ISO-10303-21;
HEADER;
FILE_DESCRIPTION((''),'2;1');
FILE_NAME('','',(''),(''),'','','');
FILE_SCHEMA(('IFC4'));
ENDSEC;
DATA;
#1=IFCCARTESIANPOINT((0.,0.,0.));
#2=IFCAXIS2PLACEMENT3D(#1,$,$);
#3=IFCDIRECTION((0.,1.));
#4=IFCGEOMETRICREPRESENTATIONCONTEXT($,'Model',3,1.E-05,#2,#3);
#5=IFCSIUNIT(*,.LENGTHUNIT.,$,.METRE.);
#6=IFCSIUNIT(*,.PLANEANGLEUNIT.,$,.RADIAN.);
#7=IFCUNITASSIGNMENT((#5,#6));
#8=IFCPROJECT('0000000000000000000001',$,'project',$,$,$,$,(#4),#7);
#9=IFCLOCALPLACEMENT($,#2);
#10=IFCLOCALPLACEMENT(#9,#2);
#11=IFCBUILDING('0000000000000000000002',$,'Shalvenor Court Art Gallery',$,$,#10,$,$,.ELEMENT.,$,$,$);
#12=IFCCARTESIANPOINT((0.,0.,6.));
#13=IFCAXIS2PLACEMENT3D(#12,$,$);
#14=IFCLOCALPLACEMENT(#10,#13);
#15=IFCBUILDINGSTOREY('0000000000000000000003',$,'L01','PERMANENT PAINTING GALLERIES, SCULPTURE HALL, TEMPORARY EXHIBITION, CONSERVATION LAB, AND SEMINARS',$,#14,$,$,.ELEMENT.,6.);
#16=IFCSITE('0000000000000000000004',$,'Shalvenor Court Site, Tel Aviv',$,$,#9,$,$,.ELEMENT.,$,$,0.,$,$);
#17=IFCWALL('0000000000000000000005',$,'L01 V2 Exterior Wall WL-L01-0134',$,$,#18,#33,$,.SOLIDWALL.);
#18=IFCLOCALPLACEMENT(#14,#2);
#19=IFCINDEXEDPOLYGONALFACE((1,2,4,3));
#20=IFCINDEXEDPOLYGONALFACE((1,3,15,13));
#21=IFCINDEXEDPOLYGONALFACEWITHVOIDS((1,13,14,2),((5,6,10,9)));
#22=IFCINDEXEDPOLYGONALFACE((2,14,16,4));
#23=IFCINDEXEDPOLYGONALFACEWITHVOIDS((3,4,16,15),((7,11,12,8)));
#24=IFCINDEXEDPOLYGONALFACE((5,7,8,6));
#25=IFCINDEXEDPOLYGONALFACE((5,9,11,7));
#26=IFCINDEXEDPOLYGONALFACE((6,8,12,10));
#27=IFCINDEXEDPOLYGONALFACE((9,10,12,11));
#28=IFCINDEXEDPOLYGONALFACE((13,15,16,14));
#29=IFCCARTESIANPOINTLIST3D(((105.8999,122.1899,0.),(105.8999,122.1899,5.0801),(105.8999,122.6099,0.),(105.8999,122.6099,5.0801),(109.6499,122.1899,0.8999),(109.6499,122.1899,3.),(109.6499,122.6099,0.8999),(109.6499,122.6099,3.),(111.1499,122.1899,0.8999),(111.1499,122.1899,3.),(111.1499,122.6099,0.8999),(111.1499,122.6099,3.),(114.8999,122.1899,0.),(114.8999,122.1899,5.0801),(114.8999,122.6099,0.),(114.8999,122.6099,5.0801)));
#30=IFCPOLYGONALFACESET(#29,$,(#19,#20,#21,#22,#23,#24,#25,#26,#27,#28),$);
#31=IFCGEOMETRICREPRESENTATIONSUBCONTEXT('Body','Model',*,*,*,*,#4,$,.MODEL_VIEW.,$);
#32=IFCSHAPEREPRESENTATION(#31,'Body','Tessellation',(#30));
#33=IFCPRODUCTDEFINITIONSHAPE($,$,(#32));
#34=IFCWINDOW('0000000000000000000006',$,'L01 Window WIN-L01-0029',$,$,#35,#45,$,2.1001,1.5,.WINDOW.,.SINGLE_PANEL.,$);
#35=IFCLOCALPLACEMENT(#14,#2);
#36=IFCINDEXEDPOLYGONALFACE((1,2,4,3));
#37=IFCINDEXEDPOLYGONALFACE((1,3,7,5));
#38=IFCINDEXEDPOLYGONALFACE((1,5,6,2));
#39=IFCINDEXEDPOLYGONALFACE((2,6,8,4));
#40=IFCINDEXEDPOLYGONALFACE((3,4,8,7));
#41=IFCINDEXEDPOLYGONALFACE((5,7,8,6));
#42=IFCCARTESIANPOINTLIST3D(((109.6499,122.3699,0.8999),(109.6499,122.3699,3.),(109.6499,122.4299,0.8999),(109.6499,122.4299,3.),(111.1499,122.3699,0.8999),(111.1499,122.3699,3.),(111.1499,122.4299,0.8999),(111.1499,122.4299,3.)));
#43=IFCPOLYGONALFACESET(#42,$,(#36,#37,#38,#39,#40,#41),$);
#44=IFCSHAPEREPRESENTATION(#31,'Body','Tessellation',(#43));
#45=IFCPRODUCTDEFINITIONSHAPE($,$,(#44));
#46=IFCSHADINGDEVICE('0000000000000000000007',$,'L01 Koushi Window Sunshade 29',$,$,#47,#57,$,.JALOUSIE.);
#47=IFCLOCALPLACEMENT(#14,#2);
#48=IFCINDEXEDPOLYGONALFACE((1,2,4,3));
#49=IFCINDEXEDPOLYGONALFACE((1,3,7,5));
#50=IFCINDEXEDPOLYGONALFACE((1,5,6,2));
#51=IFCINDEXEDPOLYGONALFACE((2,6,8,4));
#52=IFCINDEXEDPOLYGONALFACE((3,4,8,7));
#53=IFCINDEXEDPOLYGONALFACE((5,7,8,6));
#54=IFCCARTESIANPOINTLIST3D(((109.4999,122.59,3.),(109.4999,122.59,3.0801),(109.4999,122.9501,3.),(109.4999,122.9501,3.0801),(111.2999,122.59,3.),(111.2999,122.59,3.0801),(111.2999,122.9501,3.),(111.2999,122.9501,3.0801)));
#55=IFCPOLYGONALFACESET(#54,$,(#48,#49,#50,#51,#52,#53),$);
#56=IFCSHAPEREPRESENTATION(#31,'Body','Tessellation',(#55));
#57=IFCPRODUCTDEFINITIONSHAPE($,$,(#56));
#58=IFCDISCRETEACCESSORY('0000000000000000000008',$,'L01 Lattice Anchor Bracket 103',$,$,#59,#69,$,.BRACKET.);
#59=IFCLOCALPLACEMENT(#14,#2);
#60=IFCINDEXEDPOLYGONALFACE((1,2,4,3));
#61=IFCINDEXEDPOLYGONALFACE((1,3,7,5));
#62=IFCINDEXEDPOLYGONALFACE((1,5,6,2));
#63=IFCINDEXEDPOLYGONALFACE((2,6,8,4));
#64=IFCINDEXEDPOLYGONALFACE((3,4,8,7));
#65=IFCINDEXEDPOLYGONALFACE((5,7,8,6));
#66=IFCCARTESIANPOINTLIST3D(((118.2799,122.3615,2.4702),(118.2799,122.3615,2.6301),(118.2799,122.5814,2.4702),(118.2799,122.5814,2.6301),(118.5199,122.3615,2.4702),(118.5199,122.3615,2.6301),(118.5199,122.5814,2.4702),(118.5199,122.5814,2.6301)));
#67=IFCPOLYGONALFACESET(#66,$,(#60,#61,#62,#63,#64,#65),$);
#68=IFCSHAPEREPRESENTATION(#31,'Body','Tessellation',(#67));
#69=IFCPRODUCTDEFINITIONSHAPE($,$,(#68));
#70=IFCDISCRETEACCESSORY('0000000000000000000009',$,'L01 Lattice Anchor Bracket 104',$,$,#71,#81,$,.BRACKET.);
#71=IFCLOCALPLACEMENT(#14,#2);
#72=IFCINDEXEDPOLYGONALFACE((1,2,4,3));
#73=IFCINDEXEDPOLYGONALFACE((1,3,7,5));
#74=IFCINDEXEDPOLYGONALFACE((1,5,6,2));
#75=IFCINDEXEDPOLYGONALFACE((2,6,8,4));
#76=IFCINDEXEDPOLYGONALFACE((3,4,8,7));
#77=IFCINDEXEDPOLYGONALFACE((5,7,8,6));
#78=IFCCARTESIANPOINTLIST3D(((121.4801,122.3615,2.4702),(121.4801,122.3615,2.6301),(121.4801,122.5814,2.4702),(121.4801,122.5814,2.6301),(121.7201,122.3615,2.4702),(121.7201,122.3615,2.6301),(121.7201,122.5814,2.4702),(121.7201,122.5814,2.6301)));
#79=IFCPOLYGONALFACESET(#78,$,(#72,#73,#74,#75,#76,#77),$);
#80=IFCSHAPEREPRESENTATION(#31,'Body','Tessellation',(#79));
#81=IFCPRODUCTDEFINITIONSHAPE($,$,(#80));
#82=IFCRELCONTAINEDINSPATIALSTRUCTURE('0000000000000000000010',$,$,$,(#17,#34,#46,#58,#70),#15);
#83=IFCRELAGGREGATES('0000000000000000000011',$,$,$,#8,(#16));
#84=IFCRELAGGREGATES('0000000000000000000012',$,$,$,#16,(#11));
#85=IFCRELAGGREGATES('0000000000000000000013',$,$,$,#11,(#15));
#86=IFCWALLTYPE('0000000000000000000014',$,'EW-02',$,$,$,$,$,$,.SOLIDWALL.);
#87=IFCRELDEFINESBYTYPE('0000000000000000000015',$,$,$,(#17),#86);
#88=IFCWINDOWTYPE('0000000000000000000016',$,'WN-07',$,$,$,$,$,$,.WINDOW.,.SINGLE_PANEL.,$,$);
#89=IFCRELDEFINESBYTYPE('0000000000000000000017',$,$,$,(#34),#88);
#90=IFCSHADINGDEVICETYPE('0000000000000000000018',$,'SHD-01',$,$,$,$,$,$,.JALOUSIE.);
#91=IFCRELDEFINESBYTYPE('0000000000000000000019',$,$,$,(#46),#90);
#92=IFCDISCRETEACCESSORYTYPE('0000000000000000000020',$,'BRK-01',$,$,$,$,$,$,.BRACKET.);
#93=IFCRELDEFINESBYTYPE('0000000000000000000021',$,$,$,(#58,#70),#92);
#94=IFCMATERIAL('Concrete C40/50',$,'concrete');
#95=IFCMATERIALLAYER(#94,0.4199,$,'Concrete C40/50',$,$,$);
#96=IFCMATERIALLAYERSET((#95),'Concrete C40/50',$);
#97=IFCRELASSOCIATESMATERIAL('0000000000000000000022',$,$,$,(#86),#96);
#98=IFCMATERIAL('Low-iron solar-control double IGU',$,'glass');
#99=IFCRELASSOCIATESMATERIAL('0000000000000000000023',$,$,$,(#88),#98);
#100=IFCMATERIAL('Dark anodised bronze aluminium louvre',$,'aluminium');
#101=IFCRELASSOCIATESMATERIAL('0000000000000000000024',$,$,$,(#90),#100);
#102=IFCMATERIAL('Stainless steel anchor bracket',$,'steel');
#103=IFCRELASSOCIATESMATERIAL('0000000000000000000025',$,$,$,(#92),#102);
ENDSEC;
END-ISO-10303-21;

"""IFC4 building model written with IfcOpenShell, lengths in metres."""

from ifc_helpers import new_model, si_unit, direction, frame, frame_2d, origin, origin_2d, place, context, subcontext, project, spatial, rectangle, extrude, material, layer, layer_set, type_object, element, fill, save


model = new_model("IFC4")

# Units and contexts
model_context = context("Model", 3, precision=1e-05, world=origin(), true_north=direction((0.0, 1.0)))
body_context = subcontext(model_context, "Body", "Model", "MODEL_VIEW")
ifc_project = project(units=[si_unit("LENGTHUNIT", "METRE"), si_unit("PLANEANGLEUNIT", "RADIAN")], contexts=[model_context])

# Site, building, storey
site_placement = place(None, origin())
site = spatial("IfcSite", under=ifc_project, at=site_placement, Name="Shalvenor Court Site, Tel Aviv", CompositionType="ELEMENT", RefElevation=0.0)
building_placement = place(site_placement, origin())
building = spatial("IfcBuilding", under=site, at=building_placement, Name="Shalvenor Court Art Gallery", CompositionType="ELEMENT")
storey_placement = place(building_placement, frame((0.0, 0.0, 6.0)))
storey = spatial("IfcBuildingStorey", under=building, at=storey_placement, Name="L01", Description="PERMANENT PAINTING GALLERIES, SCULPTURE HALL, TEMPORARY EXHIBITION, CONSERVATION LAB, AND SEMINARS", CompositionType="ELEMENT", Elevation=6.0)

# Wall, opening, window
ifc_material_1 = material(Name="Concrete C40/50", Category="concrete")
ifc_layer_1 = layer(ifc_material_1, 0.4199, Name="Concrete C40/50")
ifc_layer_set_1 = layer_set([ifc_layer_1], Name="Concrete C40/50")
wall_type_1 = type_object("IfcWallType", Name="EW-02", PredefinedType="SOLIDWALL", material=ifc_layer_set_1)
wall_1_placement = place(storey_placement, frame((105.8999, 122.3999, 0.0), z_axis=(0.0, 0.0, 1.0), x_axis=(1.0, 0.0, 0.0)))
wall_1 = element("IfcWall", 1, at=wall_1_placement, inside=storey, type_object=wall_type_1, Name="L01 V2 Exterior Wall WL-L01-0134", PredefinedType="SOLIDWALL", context=body_context, shape_type="SweptSolid", body=[
    extrude(rectangle(XDim=9.0, YDim=0.4199, at=frame_2d((4.5, 0.0))), origin(), (0.0, 0.0, 1.0), 5.0801),
])
opening_placement = place(wall_1_placement, frame((3.75, 0.0, 0.8999)))
opening = element("IfcOpeningElement", 2, at=opening_placement, cuts=wall_1, PredefinedType="OPENING", context=body_context, shape_type="SweptSolid", body=[
    extrude(rectangle(XDim=1.5, YDim=2.1001, at=frame_2d((0.75, 1.05))), frame((0.0, 0.22, 0.0), z_axis=(0.0, -1.0, 0.0), x_axis=(1.0, 0.0, 0.0)), (0.0, 0.0, 1.0), 0.4399),
])
ifc_material_2 = material(Name="Low-iron solar-control double IGU", Category="glass")
window_type = type_object("IfcWindowType", Name="WN-07", PartitioningType="SINGLE_PANEL", PredefinedType="WINDOW", material=ifc_material_2)
window_placement = place(opening_placement, origin())
window = element("IfcWindow", 3, at=window_placement, inside=storey, type_object=window_type, Name="L01 Window WIN-L01-0029", OverallHeight=2.1001, OverallWidth=1.5, PartitioningType="SINGLE_PANEL", PredefinedType="WINDOW", context=body_context, shape_type="SweptSolid", body=[
    extrude(rectangle(XDim=1.5, YDim=2.1001, at=frame_2d((0.75, 1.05))), frame((0.0, 0.03, 0.0), z_axis=(0.0, -1.0, 0.0), x_axis=(1.0, 0.0, 0.0)), (0.0, 0.0, 1.0), 0.0601),
])
fill(opening, window)

# Shading device
ifc_material_3 = material(Name="Dark anodised bronze aluminium louvre", Category="aluminium")
shading_device_type = type_object("IfcShadingDeviceType", Name="SHD-01", PredefinedType="JALOUSIE", material=ifc_material_3)
shading_device_placement = place(storey_placement, frame((110.3999, 122.77, 3.0), z_axis=(0.0, 0.0, 1.0), x_axis=(1.0, 0.0, 0.0)))
element("IfcShadingDevice", 4, at=shading_device_placement, inside=storey, type_object=shading_device_type, Name="L01 Koushi Window Sunshade 29", PredefinedType="JALOUSIE", context=body_context, shape_type="SweptSolid", body=[
    extrude(rectangle(XDim=1.8, YDim=0.3601, at=origin_2d()), origin(), (0.0, 0.0, 1.0), 0.0801),
])

# Discrete accessories
ifc_material_4 = material(Name="Stainless steel anchor bracket", Category="steel")
discrete_accessory_type = type_object("IfcDiscreteAccessoryType", Name="BRK-01", PredefinedType="BRACKET", material=ifc_material_4)
for number, where, z_axis, x_axis, name in (
    (5, (118.3999, 122.4714, 2.4702), (0.0, 0.0, 1.0), (1.0, 0.0, 0.0), "L01 Lattice Anchor Bracket 103"),
    (6, (121.6001, 122.4714, 2.4702), (0.0, 0.0, 1.0), (1.0, 0.0, 0.0), "L01 Lattice Anchor Bracket 104"),
):
    element("IfcDiscreteAccessory", number, at=place(storey_placement, frame(where, z_axis=z_axis, x_axis=x_axis)), inside=storey, type_object=discrete_accessory_type, Name=name, PredefinedType="BRACKET", context=body_context, shape_type="SweptSolid", body=[
        extrude(rectangle(XDim=0.24, YDim=0.22, at=origin_2d()), origin(), (0.0, 0.0, 1.0), 0.1599),
    ])

save(model, "model.ifc")
